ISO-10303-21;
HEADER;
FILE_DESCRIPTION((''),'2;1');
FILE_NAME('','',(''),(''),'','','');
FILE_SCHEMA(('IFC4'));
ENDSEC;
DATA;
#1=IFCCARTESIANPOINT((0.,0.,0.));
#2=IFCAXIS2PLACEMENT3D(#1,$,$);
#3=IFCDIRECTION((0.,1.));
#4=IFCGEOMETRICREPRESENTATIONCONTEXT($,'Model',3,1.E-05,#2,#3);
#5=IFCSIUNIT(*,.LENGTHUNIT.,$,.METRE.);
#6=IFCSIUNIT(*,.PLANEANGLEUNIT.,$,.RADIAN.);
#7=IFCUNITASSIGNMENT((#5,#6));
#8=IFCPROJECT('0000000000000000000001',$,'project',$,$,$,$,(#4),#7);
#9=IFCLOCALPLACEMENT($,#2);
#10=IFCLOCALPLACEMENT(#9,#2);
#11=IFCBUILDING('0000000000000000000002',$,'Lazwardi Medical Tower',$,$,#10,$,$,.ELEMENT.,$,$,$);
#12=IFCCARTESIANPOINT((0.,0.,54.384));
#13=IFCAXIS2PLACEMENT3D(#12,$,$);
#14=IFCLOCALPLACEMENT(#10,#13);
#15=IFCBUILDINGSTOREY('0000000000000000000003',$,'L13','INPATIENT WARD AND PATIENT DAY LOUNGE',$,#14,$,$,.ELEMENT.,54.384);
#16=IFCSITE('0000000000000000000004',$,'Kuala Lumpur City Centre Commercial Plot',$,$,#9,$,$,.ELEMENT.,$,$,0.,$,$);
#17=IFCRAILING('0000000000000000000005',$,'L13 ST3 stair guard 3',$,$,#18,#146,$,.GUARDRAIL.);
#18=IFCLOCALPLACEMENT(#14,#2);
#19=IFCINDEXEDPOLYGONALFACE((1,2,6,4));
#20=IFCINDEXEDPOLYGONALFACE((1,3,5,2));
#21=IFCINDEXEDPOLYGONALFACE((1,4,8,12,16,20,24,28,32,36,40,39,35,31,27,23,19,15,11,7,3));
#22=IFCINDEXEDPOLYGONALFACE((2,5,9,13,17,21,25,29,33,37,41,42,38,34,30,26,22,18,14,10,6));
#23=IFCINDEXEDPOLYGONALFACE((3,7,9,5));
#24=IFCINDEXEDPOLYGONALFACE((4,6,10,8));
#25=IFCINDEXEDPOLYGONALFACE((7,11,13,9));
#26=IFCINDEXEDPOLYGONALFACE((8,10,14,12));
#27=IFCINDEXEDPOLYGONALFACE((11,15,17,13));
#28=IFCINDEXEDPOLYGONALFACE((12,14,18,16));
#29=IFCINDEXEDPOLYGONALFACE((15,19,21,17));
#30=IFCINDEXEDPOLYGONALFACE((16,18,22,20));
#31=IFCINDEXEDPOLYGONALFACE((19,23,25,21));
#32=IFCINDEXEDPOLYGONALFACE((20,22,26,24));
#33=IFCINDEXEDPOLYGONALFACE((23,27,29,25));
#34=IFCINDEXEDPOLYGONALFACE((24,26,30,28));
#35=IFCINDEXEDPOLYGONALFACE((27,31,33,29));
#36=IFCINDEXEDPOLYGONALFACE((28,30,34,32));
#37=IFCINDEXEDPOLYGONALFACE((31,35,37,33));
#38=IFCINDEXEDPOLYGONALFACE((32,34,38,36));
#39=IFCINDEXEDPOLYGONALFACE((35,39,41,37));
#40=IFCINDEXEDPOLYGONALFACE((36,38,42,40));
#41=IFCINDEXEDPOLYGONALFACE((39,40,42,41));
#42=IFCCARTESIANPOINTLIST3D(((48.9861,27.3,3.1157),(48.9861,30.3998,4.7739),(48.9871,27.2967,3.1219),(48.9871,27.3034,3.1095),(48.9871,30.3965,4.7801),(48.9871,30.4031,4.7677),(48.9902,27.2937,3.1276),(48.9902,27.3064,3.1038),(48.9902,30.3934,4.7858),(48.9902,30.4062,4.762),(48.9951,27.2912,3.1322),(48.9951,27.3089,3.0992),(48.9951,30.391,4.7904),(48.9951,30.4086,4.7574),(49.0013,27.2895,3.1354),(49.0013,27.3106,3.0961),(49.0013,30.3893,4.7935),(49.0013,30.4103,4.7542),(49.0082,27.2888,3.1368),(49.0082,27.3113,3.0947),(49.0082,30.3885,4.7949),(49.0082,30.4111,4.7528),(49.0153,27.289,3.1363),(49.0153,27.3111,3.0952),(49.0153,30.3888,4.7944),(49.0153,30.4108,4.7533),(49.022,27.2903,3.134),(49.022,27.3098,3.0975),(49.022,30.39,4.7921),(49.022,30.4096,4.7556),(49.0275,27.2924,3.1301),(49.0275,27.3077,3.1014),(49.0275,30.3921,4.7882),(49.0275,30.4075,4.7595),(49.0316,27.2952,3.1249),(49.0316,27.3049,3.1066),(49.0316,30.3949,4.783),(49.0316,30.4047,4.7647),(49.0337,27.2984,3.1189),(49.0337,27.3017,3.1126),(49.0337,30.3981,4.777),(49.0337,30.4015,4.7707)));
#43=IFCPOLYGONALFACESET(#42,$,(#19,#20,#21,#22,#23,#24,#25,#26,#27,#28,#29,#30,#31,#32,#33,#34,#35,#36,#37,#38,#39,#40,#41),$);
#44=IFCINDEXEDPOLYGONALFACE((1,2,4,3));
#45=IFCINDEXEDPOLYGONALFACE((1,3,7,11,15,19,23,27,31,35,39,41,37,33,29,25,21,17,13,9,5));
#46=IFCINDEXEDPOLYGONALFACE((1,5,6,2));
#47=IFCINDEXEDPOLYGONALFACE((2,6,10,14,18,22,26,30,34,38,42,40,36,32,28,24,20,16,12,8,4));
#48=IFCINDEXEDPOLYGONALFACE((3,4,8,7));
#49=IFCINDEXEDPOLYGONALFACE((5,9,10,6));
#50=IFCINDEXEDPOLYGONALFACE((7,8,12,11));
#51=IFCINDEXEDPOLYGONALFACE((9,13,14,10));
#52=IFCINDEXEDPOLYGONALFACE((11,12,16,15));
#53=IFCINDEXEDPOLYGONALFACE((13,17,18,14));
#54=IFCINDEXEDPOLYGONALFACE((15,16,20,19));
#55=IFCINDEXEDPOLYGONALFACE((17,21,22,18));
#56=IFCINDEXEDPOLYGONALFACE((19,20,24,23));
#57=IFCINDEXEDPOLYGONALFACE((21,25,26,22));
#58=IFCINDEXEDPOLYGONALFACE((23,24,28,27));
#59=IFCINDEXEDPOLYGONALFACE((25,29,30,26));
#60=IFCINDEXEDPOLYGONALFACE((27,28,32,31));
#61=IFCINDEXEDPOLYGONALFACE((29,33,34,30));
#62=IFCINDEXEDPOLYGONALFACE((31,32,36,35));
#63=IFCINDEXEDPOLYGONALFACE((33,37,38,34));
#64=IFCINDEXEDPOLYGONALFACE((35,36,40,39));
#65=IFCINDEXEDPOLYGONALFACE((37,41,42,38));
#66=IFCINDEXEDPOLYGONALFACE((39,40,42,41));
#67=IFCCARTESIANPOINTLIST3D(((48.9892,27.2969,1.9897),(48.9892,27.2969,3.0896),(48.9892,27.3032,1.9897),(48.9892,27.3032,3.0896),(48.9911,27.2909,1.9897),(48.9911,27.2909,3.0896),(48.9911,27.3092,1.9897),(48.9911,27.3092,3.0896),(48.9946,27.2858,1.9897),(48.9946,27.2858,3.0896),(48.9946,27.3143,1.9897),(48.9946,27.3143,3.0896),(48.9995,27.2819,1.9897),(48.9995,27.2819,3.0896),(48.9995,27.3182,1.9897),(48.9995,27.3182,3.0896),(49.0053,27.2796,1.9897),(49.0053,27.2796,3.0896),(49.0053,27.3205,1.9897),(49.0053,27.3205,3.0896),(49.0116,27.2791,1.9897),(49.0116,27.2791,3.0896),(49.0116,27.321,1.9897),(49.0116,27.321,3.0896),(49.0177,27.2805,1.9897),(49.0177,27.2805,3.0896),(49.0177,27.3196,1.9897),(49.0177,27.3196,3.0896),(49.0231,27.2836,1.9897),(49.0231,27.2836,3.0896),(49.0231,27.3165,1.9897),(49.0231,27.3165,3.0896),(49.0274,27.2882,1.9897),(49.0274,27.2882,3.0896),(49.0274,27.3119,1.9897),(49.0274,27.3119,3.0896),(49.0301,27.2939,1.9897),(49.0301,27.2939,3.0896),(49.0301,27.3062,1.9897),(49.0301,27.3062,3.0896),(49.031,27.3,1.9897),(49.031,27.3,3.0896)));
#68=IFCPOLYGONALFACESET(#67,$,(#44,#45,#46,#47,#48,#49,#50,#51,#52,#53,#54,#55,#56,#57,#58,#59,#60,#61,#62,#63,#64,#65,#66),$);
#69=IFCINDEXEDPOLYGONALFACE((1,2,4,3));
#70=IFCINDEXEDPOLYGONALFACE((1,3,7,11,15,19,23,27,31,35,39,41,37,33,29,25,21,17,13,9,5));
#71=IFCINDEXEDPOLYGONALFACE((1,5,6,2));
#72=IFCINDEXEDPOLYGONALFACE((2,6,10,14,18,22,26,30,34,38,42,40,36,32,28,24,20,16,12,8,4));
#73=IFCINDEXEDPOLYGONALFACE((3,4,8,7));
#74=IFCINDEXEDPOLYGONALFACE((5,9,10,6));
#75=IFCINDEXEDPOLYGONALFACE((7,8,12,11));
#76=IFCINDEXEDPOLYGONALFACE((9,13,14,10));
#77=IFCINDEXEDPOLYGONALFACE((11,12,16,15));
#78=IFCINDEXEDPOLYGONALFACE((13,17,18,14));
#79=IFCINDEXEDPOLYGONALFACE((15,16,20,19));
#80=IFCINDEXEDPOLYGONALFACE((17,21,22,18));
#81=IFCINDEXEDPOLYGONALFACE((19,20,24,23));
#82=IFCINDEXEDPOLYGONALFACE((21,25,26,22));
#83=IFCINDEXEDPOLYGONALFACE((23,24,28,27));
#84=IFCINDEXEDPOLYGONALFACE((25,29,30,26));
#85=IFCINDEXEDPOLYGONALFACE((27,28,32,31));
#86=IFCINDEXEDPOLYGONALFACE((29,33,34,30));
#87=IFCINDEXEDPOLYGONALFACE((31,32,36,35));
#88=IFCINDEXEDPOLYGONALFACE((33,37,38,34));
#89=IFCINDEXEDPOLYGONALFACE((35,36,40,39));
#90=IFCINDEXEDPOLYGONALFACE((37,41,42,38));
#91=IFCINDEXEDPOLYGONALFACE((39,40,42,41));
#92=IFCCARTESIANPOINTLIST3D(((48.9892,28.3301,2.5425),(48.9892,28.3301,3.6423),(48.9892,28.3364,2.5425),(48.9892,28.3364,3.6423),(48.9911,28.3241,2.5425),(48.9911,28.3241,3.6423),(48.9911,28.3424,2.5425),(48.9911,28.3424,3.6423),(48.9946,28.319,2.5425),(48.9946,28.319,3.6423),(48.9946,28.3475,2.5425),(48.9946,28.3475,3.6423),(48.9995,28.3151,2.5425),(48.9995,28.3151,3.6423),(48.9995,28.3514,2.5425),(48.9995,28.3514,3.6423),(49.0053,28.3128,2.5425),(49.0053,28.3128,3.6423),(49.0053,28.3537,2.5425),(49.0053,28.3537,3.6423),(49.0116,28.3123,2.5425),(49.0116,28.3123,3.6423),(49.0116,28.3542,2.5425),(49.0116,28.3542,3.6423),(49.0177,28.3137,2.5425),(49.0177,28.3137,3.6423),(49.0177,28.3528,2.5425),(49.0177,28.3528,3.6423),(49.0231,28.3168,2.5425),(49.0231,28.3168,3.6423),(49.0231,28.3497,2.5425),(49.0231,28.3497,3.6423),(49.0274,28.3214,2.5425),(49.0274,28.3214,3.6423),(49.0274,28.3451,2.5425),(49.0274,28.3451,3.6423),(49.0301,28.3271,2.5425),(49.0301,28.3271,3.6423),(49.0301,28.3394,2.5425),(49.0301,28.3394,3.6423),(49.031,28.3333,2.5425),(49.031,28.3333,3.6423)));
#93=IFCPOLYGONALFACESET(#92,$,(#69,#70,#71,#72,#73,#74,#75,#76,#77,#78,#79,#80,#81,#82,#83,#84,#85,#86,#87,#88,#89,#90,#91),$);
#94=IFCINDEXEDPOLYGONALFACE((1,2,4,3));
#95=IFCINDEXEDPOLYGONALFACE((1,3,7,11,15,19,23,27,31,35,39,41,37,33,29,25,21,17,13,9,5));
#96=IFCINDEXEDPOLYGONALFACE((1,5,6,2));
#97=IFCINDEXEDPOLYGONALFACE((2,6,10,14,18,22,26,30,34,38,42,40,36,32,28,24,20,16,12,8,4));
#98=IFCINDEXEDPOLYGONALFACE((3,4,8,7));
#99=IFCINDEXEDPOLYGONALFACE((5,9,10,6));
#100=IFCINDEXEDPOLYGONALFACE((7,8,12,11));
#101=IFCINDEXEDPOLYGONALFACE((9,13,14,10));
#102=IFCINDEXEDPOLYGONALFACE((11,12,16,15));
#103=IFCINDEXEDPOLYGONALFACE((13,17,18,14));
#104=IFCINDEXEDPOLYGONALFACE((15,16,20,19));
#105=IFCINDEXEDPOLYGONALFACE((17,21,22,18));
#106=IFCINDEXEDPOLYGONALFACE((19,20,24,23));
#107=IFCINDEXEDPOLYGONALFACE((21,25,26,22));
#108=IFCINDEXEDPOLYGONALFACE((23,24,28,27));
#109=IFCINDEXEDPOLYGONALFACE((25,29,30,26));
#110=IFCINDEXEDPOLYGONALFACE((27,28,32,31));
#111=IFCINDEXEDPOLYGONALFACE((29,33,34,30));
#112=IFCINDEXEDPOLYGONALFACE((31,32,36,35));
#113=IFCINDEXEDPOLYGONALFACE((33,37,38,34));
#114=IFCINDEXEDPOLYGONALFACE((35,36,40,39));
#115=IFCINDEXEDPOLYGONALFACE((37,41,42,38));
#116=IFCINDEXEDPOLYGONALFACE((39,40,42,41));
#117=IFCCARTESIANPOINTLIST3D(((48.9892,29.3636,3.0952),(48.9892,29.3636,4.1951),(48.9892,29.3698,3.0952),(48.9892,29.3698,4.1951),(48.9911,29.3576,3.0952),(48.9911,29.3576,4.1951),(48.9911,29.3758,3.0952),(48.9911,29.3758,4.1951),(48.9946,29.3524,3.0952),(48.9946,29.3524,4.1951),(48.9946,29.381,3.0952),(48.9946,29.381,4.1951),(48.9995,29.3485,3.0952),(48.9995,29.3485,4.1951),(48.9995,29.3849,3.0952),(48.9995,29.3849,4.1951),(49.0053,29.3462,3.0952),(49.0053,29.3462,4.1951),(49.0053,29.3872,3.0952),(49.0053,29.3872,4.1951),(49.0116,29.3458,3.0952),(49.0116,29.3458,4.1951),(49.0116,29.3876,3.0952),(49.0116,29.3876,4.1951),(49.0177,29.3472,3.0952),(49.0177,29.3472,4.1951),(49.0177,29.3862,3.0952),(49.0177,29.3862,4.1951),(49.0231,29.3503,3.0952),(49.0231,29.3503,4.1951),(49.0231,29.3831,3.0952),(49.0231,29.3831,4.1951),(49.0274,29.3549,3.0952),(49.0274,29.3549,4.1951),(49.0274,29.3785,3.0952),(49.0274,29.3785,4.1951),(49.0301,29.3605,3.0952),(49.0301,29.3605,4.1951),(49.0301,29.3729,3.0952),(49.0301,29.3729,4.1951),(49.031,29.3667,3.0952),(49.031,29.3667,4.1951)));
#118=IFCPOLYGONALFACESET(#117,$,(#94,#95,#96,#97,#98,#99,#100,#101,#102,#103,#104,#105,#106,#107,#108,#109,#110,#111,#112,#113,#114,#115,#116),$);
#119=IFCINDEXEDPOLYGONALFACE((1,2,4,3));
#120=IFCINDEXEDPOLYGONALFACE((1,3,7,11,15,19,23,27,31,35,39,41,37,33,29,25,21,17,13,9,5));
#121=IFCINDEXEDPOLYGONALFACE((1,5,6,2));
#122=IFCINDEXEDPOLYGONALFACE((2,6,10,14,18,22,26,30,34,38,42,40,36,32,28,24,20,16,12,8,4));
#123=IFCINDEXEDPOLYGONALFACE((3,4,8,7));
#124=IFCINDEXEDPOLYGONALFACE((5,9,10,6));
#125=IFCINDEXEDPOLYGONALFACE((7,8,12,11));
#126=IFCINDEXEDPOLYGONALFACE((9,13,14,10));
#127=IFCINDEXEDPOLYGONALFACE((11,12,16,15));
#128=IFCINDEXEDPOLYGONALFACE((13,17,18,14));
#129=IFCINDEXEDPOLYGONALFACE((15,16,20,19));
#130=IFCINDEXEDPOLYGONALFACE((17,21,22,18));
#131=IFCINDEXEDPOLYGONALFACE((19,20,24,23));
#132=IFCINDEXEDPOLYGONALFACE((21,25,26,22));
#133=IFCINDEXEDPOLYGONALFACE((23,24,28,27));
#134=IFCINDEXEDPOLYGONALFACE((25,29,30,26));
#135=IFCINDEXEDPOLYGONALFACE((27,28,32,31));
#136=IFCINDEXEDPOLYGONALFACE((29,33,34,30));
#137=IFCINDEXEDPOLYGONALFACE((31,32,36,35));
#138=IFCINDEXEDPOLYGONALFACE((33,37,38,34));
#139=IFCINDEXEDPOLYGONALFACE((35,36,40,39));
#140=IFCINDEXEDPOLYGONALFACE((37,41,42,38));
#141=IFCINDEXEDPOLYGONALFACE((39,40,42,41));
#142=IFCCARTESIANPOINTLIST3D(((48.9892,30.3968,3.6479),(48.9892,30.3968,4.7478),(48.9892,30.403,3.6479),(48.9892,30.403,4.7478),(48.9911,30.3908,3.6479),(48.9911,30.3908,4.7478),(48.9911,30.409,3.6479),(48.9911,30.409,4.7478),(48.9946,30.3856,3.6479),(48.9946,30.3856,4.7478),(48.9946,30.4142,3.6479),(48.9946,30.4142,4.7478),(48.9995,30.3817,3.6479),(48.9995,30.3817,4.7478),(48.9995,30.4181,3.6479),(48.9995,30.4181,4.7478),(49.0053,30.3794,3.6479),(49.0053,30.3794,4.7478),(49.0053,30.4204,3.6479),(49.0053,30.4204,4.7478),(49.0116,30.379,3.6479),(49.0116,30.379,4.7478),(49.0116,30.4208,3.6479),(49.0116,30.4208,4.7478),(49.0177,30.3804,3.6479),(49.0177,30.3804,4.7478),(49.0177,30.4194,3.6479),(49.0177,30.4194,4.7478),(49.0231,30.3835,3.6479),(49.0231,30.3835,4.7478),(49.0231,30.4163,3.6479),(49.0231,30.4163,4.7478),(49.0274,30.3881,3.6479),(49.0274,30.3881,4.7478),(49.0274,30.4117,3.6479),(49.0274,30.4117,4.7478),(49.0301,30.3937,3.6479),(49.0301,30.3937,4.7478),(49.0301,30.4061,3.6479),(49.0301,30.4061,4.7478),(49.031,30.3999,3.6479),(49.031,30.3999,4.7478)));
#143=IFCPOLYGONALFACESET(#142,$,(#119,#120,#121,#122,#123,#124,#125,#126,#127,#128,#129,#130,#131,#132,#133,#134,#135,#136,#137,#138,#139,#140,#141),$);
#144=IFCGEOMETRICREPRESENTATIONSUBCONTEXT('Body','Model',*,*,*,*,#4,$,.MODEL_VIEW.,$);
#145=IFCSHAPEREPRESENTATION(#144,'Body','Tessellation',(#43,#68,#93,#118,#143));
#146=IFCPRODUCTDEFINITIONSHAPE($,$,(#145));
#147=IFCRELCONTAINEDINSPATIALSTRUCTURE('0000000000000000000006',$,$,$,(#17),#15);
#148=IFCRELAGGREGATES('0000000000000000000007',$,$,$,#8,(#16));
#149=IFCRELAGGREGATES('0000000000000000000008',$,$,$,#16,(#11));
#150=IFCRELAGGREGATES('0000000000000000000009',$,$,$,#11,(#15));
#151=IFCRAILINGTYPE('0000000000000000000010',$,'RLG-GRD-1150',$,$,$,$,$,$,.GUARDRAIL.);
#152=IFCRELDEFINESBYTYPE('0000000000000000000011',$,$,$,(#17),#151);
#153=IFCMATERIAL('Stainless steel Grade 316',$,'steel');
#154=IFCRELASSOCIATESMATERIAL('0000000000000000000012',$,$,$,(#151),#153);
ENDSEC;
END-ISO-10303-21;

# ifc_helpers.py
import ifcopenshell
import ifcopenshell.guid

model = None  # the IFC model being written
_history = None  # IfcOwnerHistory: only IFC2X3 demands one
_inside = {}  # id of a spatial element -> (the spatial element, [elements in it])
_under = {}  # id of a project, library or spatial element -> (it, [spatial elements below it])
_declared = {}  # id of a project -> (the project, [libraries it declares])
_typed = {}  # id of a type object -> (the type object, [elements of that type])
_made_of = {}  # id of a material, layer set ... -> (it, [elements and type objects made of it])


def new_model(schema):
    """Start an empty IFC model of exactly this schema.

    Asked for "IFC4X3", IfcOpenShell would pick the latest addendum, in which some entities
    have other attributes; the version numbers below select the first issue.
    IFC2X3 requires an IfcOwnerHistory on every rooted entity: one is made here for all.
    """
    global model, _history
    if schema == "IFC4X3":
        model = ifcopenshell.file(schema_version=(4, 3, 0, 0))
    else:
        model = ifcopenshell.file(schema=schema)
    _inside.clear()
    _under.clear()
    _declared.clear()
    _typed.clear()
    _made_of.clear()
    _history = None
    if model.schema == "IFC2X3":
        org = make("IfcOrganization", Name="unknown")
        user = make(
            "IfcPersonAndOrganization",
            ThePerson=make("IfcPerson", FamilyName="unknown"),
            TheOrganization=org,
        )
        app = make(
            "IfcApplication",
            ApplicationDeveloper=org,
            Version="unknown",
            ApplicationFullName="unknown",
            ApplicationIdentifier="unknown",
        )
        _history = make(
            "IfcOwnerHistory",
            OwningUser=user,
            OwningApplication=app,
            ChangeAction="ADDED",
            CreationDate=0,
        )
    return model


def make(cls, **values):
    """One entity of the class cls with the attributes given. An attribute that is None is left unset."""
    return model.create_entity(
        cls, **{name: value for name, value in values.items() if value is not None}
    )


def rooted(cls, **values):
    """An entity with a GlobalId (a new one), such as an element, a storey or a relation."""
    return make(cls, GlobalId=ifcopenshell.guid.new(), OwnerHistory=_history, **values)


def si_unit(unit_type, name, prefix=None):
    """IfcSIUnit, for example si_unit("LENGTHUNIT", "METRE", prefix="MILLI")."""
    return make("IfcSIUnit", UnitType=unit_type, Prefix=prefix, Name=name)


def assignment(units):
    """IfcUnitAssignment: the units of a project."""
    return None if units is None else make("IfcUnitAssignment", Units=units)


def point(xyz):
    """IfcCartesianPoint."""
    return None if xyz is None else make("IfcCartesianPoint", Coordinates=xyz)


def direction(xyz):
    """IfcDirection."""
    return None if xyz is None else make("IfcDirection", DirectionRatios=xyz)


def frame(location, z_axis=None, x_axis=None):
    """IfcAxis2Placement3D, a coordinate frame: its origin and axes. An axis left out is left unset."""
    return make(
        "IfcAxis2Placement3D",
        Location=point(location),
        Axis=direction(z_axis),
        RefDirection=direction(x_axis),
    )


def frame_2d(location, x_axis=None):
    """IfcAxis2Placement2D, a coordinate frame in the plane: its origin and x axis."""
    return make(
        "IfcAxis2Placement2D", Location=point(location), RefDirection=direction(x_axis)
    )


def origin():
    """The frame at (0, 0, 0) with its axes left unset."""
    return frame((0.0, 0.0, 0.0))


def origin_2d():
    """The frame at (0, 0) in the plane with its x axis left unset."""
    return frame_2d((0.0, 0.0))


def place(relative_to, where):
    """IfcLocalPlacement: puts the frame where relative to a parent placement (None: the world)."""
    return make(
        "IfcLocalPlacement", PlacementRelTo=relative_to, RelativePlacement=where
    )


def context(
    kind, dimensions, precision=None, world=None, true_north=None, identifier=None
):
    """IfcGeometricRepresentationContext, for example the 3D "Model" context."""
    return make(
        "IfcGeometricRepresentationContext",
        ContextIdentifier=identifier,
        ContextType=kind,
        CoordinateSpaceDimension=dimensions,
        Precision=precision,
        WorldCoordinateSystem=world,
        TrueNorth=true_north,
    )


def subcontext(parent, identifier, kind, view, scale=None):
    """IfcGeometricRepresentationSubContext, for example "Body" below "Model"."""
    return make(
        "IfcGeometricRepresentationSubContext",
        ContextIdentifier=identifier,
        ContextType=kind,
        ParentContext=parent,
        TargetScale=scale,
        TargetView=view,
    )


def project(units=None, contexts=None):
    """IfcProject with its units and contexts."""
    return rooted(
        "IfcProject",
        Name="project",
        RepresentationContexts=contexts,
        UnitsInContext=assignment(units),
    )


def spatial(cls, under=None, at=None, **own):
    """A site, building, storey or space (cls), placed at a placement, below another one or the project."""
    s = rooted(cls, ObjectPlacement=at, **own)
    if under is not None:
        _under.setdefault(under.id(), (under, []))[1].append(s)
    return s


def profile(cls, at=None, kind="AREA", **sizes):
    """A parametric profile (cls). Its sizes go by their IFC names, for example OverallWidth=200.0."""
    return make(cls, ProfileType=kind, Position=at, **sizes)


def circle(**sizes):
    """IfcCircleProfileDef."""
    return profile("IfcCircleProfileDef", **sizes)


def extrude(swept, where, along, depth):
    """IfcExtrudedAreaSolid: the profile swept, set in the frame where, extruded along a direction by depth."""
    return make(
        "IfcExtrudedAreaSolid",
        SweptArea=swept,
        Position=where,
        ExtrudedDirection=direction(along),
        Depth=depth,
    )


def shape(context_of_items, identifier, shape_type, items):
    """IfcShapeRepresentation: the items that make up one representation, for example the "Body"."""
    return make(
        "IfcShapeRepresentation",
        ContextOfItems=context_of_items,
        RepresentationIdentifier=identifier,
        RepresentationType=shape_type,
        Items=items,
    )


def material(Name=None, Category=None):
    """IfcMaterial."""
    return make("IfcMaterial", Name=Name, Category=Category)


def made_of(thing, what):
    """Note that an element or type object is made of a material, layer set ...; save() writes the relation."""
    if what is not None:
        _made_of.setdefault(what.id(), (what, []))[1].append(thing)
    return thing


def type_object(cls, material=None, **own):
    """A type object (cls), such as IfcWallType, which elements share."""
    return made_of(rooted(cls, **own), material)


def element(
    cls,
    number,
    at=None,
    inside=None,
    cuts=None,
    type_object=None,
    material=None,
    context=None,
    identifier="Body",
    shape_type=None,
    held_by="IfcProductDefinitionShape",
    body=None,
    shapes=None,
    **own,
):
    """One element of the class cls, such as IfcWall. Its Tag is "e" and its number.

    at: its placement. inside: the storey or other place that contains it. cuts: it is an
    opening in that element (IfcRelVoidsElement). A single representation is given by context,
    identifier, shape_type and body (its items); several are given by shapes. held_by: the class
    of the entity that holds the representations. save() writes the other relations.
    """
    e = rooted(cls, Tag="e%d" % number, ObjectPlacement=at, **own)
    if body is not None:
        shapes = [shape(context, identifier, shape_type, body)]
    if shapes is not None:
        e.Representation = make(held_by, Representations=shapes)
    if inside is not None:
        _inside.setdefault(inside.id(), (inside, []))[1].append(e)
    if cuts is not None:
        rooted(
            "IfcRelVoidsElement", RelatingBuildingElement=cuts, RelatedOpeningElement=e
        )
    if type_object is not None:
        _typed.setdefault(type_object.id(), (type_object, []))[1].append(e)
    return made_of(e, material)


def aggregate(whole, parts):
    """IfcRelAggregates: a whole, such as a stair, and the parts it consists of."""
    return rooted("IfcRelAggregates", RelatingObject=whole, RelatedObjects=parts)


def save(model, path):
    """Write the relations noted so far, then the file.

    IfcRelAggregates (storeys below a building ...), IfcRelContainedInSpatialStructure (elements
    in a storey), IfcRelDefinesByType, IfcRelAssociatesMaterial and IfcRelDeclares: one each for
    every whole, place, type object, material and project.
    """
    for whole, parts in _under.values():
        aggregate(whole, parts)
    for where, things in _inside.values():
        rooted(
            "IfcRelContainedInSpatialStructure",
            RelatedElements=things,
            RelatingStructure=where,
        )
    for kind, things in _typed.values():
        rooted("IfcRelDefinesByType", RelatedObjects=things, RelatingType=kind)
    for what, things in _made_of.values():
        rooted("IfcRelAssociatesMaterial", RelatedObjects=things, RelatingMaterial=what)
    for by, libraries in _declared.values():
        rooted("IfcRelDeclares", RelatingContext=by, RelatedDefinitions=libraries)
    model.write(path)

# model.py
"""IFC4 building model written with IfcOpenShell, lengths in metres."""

from ifc_helpers import new_model, si_unit, direction, frame, origin, origin_2d, place, context, subcontext, project, spatial, circle, extrude, material, type_object, element, save


model = new_model("IFC4")

# Units and contexts
model_context = context("Model", 3, precision=1e-05, world=origin(), true_north=direction((0.0, 1.0)))
body_context = subcontext(model_context, "Body", "Model", "MODEL_VIEW")
ifc_project = project(units=[si_unit("LENGTHUNIT", "METRE"), si_unit("PLANEANGLEUNIT", "RADIAN")], contexts=[model_context])

# Site, building, storey
site_placement = place(None, origin())
site = spatial("IfcSite", under=ifc_project, at=site_placement, Name="Kuala Lumpur City Centre Commercial Plot", CompositionType="ELEMENT", RefElevation=0.0)
building_placement = place(site_placement, origin())
building = spatial("IfcBuilding", under=site, at=building_placement, Name="Lazwardi Medical Tower", CompositionType="ELEMENT")
storey_placement = place(building_placement, frame((0.0, 0.0, 54.384)))
storey = spatial("IfcBuildingStorey", under=building, at=storey_placement, Name="L13", Description="INPATIENT WARD AND PATIENT DAY LOUNGE", CompositionType="ELEMENT", Elevation=54.384)

# Railing
ifc_material_1 = material(Name="Stainless steel Grade 316", Category="steel")
railing_type_1 = type_object("IfcRailingType", Name="RLG-GRD-1150", PredefinedType="GUARDRAIL", material=ifc_material_1)
railing_1_placement = place(storey_placement, frame((49.01, 27.3, 1.9897)))
element("IfcRailing", 1, at=railing_1_placement, inside=storey, type_object=railing_type_1, Name="L13 ST3 stair guard 3", PredefinedType="GUARDRAIL", context=body_context, shape_type="SweptSolid", body=[
    extrude(circle(Radius=0.0239, at=origin_2d()), frame((0.0, 0.0, 1.126), z_axis=(0.0, 0.881768, 0.471684), x_axis=(-1.0, 0.0, 0.0)), (0.0, 0.0, 1.0), 3.5154),
    extrude(circle(Radius=0.021, at=origin_2d()), origin(), (0.0, 0.0, 1.0), 1.0999),
    extrude(circle(Radius=0.021, at=origin_2d()), frame((0.0, 1.0332, 0.5527)), (0.0, 0.0, 1.0), 1.0999),
    extrude(circle(Radius=0.021, at=origin_2d()), frame((0.0, 2.0667, 1.1055)), (0.0, 0.0, 1.0), 1.0999),
    extrude(circle(Radius=0.021, at=origin_2d()), frame((0.0, 3.0999, 1.6582)), (0.0, 0.0, 1.0), 1.0999),
])

save(model, "model.ifc")
